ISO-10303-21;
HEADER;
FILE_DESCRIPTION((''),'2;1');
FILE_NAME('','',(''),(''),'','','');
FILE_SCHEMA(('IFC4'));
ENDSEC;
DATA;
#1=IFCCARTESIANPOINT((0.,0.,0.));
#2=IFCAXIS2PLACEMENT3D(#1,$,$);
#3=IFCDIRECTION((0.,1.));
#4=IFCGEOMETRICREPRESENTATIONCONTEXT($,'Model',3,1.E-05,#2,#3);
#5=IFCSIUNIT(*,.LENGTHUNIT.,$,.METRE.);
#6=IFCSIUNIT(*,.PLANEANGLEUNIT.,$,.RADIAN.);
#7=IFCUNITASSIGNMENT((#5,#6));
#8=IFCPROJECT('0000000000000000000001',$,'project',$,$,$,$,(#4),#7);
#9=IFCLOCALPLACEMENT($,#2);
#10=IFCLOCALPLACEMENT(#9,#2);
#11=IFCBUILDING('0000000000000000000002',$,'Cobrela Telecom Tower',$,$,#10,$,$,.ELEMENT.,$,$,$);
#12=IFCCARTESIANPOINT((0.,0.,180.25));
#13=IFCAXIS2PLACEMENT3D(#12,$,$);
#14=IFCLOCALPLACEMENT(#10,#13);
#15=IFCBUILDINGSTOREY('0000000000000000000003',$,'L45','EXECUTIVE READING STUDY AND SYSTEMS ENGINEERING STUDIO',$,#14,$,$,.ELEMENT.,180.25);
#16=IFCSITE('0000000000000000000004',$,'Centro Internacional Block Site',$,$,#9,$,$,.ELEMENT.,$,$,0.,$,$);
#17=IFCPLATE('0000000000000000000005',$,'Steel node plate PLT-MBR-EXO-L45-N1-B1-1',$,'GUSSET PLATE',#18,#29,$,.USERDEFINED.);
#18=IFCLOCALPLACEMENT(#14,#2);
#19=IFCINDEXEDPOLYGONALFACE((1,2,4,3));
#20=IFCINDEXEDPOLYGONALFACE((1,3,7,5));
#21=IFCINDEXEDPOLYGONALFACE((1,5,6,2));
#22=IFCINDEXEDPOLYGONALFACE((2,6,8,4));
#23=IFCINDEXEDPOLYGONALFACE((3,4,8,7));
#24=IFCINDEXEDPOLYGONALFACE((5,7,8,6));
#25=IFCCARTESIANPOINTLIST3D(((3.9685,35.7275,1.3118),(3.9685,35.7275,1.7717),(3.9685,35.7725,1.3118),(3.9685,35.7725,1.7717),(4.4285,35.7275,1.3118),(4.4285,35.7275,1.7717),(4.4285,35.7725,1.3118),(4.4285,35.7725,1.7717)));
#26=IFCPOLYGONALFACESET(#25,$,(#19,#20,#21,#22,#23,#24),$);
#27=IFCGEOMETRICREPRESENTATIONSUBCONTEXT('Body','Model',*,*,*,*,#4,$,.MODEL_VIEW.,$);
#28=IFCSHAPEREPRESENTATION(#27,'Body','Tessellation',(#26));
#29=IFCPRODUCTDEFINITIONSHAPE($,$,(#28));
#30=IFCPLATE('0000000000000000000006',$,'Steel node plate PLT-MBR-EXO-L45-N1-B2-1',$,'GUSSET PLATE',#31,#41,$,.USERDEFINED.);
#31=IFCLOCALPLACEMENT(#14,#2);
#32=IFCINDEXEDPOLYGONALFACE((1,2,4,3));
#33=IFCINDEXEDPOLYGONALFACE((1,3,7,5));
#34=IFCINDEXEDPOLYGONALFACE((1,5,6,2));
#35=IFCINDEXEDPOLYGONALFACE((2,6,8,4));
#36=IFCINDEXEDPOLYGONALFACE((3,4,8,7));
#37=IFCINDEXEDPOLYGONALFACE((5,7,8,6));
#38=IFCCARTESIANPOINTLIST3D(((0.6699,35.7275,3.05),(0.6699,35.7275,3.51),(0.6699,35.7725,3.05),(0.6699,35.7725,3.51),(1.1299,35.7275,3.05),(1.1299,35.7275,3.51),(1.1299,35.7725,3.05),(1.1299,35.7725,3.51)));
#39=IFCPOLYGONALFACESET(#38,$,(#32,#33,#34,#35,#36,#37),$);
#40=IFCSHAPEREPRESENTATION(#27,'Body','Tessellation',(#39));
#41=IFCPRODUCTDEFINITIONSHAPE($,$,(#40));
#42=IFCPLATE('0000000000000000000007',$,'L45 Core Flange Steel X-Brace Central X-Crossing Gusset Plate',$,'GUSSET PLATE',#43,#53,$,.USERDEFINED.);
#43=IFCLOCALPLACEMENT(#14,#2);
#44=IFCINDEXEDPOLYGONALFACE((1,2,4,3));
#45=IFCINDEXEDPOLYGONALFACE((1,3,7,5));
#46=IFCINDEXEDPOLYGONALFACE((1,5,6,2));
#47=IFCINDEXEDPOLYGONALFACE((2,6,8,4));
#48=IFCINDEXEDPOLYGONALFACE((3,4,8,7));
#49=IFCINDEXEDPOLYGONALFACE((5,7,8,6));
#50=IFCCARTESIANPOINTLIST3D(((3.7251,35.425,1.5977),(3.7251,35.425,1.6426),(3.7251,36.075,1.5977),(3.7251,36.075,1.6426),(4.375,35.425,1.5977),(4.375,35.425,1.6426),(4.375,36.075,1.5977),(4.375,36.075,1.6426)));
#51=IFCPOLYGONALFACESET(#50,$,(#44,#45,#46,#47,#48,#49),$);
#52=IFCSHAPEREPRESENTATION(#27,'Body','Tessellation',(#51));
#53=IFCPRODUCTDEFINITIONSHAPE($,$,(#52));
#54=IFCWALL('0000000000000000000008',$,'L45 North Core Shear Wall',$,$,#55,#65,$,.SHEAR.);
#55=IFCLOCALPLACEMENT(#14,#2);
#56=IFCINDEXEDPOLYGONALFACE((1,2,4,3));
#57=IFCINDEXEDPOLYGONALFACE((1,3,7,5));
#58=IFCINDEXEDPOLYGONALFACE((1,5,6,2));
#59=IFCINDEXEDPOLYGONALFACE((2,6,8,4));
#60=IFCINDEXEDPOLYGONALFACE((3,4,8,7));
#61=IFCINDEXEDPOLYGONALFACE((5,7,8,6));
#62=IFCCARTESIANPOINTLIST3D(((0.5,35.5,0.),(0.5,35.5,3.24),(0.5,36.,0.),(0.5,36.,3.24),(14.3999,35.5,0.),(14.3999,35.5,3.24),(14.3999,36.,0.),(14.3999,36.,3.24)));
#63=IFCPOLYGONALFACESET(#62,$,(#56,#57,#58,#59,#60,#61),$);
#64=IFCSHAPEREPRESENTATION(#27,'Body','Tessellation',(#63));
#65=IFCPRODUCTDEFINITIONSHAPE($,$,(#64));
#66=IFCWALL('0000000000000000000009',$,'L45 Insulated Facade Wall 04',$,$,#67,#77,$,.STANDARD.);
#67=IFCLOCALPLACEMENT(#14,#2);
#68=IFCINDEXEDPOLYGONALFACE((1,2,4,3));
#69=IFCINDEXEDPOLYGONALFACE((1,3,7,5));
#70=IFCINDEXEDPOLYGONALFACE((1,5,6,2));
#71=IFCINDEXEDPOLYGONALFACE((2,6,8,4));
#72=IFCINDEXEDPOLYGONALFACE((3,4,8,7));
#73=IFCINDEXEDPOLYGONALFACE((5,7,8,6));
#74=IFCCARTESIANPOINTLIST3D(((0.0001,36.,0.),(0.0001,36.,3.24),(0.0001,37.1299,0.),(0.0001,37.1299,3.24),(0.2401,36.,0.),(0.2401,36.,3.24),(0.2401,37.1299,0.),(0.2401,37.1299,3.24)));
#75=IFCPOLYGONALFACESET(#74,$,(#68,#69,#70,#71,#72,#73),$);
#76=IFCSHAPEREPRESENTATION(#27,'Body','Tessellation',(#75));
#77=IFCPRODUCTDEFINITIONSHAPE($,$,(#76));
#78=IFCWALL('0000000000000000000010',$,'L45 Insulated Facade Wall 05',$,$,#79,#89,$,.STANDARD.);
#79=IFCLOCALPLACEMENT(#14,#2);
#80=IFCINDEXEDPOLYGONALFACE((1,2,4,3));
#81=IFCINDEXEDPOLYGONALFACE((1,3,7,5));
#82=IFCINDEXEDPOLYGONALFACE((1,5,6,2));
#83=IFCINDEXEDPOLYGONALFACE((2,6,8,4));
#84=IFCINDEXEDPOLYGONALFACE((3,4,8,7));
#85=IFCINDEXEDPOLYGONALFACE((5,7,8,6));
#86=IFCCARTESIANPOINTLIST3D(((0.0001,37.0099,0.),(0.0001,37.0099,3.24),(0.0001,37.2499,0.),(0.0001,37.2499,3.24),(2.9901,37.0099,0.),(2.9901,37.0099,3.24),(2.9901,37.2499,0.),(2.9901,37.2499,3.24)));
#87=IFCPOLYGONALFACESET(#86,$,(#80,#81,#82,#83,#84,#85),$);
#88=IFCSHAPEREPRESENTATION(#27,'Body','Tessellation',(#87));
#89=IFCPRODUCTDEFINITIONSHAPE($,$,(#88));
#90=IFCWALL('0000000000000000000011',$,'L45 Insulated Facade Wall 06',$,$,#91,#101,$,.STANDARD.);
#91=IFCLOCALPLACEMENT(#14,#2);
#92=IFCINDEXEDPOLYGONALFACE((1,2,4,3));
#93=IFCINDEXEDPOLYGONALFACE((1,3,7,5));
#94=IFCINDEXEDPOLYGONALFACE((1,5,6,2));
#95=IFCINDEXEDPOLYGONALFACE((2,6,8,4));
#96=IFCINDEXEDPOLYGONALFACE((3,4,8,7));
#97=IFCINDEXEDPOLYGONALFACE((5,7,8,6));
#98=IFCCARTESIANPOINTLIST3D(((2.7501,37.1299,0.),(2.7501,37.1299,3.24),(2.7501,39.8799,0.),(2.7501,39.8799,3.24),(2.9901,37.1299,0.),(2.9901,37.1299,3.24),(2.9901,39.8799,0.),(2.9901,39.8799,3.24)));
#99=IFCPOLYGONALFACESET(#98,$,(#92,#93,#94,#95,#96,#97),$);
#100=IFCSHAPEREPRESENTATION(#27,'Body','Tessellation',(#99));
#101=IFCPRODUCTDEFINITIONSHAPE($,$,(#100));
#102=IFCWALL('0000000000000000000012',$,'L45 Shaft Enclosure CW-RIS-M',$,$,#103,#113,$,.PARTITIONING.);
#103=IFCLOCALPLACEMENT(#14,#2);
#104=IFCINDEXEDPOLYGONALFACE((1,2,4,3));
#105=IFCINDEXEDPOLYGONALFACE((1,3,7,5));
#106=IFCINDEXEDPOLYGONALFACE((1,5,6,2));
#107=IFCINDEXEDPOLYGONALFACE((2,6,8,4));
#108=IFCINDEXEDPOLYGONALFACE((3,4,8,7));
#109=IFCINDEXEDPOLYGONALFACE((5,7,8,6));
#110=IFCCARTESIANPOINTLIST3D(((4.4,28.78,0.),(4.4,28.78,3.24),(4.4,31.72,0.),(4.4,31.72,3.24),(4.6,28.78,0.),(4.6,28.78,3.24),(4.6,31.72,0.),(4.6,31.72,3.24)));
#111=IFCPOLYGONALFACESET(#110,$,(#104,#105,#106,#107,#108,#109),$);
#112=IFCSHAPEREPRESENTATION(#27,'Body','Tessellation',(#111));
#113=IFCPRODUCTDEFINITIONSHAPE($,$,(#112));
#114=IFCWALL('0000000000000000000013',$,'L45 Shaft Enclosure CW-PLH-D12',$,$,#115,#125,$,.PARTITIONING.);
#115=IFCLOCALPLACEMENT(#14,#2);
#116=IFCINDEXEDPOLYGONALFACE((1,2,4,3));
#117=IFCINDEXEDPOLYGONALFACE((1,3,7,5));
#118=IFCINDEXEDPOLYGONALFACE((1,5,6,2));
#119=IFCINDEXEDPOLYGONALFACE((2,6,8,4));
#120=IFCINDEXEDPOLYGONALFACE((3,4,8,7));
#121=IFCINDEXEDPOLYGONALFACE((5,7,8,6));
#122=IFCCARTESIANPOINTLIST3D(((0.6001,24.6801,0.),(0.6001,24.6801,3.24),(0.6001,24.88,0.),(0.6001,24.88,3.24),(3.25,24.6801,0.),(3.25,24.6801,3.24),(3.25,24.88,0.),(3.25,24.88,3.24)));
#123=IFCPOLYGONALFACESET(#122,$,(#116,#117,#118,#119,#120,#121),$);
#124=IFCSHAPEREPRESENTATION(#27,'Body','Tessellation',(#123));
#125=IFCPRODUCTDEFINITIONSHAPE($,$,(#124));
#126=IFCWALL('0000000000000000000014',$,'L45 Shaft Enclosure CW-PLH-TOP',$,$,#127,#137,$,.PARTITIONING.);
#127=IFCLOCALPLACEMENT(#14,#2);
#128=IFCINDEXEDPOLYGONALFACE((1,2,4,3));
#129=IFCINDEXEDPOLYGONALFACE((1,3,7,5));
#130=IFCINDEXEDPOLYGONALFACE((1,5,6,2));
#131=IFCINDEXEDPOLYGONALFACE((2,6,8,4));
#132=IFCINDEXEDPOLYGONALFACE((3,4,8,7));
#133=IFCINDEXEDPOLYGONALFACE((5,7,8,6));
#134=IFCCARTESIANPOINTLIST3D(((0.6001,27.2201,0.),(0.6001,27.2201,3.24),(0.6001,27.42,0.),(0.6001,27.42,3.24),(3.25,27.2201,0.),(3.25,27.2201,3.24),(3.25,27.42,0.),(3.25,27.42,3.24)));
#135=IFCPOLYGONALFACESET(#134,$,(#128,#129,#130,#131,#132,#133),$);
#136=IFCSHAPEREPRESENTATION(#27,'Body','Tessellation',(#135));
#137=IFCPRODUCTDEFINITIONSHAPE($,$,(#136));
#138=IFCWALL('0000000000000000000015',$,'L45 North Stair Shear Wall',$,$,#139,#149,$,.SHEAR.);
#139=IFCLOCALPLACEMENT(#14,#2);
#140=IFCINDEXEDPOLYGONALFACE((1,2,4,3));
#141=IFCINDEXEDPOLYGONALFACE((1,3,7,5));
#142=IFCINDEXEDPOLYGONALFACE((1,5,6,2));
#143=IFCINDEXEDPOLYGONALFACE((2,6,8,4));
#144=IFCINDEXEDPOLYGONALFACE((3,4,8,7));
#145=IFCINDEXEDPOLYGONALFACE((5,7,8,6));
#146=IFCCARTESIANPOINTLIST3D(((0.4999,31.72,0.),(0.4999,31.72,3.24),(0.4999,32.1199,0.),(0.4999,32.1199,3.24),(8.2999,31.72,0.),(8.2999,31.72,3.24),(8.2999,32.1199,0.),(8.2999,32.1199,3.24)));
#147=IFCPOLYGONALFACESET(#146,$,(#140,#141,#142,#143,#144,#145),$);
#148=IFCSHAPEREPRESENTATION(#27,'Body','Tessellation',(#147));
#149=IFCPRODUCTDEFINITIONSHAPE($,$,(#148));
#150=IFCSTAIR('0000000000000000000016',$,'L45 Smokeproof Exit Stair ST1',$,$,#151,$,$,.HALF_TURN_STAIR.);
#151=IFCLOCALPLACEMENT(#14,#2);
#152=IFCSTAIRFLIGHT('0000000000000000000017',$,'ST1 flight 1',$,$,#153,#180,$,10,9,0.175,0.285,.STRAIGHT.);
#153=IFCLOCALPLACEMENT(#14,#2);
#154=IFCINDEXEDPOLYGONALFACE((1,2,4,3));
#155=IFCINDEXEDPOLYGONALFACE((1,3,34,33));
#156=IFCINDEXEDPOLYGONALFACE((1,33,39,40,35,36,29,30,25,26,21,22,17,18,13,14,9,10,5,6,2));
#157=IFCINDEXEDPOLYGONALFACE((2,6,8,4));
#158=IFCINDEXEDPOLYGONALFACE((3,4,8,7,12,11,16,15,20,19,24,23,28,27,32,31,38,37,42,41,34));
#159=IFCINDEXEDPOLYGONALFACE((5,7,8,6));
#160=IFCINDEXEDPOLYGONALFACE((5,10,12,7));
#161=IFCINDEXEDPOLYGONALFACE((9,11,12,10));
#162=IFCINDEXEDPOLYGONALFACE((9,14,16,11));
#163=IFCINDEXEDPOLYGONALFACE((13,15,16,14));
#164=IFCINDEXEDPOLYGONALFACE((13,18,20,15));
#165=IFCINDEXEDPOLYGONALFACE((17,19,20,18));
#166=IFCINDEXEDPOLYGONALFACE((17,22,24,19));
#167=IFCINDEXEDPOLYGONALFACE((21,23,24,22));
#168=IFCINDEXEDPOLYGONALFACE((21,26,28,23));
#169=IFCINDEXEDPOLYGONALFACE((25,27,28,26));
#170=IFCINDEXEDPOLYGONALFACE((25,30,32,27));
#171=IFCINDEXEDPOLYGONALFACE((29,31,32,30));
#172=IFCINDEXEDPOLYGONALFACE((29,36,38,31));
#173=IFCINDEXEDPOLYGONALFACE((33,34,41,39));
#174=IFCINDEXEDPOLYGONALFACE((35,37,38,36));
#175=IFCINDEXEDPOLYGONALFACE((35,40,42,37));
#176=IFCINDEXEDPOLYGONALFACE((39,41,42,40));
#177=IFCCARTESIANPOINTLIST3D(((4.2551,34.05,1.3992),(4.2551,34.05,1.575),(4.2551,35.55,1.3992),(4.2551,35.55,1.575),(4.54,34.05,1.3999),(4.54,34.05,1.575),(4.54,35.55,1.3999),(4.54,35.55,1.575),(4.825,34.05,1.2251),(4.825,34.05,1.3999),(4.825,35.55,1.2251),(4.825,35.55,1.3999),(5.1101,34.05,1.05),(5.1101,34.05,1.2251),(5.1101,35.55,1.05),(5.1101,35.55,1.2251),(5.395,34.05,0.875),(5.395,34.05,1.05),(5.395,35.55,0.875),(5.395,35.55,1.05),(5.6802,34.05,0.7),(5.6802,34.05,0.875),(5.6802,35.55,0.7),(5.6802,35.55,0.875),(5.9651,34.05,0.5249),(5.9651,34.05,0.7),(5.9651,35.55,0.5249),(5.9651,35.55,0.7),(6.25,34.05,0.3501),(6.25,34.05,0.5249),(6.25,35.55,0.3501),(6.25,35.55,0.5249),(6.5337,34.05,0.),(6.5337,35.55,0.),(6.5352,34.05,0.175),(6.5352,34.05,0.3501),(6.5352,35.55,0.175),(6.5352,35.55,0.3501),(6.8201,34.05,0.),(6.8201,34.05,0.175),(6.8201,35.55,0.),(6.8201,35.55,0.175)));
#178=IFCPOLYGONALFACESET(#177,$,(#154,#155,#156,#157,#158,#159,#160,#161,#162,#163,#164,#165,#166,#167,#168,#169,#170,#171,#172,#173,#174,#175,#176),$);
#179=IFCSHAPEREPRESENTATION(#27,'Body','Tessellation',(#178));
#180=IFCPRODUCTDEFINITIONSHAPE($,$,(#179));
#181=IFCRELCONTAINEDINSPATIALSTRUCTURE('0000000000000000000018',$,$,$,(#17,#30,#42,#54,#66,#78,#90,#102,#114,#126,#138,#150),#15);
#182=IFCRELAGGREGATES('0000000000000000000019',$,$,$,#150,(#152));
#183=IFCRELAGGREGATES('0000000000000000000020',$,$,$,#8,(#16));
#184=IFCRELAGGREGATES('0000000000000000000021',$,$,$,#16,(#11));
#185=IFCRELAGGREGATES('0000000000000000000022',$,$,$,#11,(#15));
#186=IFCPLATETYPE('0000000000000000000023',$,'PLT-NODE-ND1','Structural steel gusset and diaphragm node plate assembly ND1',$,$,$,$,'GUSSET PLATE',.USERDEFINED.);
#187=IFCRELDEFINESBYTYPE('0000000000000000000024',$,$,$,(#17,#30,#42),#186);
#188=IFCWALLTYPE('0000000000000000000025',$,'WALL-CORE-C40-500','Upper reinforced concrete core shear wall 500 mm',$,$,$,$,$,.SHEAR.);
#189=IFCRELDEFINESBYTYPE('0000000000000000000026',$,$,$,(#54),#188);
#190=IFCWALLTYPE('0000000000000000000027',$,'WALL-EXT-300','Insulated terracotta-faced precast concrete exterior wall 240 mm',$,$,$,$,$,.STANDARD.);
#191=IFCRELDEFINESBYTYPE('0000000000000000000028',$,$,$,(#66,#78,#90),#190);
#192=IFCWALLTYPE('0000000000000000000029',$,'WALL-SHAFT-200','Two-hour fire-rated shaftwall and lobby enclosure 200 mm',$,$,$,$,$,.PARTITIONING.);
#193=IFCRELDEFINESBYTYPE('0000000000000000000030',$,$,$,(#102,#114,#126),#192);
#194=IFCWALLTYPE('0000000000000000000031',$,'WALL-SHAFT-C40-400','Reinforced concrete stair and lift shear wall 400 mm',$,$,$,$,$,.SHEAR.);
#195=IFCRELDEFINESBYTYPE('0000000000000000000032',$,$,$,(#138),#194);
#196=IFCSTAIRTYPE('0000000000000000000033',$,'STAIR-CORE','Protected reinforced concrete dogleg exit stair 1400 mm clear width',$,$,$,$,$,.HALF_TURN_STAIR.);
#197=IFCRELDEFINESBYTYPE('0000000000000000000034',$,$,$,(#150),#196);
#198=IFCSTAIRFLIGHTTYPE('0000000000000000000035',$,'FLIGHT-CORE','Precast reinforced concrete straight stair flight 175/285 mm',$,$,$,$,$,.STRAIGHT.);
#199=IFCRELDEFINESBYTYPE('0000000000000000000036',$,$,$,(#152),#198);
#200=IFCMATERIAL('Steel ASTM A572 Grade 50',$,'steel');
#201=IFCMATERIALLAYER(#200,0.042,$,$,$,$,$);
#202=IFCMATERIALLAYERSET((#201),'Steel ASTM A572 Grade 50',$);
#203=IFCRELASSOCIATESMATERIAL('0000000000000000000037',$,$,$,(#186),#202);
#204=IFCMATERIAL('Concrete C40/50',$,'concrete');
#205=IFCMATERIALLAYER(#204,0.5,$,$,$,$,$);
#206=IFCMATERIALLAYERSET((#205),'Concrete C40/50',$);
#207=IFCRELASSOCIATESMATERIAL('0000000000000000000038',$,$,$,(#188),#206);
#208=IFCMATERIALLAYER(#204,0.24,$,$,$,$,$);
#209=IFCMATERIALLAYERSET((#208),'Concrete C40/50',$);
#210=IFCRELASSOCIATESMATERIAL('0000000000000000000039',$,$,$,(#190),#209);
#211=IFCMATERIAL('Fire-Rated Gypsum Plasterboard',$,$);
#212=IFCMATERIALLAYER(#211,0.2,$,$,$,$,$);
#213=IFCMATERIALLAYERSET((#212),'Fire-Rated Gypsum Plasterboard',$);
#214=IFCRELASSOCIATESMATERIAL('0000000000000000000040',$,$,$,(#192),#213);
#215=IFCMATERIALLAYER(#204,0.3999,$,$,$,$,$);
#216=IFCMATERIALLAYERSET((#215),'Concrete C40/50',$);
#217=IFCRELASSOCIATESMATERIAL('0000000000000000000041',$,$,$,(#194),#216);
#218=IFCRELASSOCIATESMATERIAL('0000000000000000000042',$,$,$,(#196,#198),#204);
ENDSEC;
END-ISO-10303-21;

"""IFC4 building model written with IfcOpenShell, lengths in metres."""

from ifc_helpers import new_model, si_unit, direction, frame, frame_2d, origin, origin_2d, place, context, subcontext, project, spatial, polyline, rectangle, outline, extrude, material, layer, layer_set, type_object, element, aggregate, save


model = new_model("IFC4")

# Units and contexts
model_context = context("Model", 3, precision=1e-05, world=origin(), true_north=direction((0.0, 1.0)))
body_context = subcontext(model_context, "Body", "Model", "MODEL_VIEW")
ifc_project = project(units=[si_unit("LENGTHUNIT", "METRE"), si_unit("PLANEANGLEUNIT", "RADIAN")], contexts=[model_context])

# Site, building, storey
site_placement = place(None, origin())
site = spatial("IfcSite", under=ifc_project, at=site_placement, Name="Centro Internacional Block Site", CompositionType="ELEMENT", RefElevation=0.0)
building_placement = place(site_placement, origin())
building = spatial("IfcBuilding", under=site, at=building_placement, Name="Cobrela Telecom Tower", CompositionType="ELEMENT")
storey_placement = place(building_placement, frame((0.0, 0.0, 180.25)))
storey = spatial("IfcBuildingStorey", under=building, at=storey_placement, Name="L45", Description="EXECUTIVE READING STUDY AND SYSTEMS ENGINEERING STUDIO", CompositionType="ELEMENT", Elevation=180.25)

# Shared definitions
ifc_material_1 = material(Name="Steel ASTM A572 Grade 50", Category="steel")

# Plates
ifc_layer_1 = layer(ifc_material_1, 0.042)
ifc_layer_set_1 = layer_set([ifc_layer_1], Name="Steel ASTM A572 Grade 50")
plate_type_1 = type_object("IfcPlateType", Name="PLT-NODE-ND1", Description="Structural steel gusset and diaphragm node plate assembly ND1", ElementType="GUSSET PLATE", PredefinedType="USERDEFINED", material=ifc_layer_set_1)
for number, where, z_axis, x_axis, name in (
    (1, (4.1985, 35.75, 1.3118), (0.0, 0.0, 1.0), (-1.0, 0.0, 0.0), "Steel node plate PLT-MBR-EXO-L45-N1-B1-1"),
    (2, (0.8999, 35.75, 3.05), (0.0, 0.0, 1.0), (-1.0, 0.0, 0.0), "Steel node plate PLT-MBR-EXO-L45-N1-B2-1"),
):
    element("IfcPlate", number, at=place(storey_placement, frame(where, z_axis=z_axis, x_axis=x_axis)), inside=storey, type_object=plate_type_1, Name=name, ObjectType="GUSSET PLATE", PredefinedType="USERDEFINED", context=body_context, shape_type="SweptSolid", body=[
        extrude(rectangle(XDim=0.46, YDim=0.0449, at=origin_2d()), origin(), (0.0, 0.0, 1.0), 0.46),
    ])
plate_1_placement = place(storey_placement, frame((4.05, 35.75, 1.5977), z_axis=(0.0, 0.0, 1.0), x_axis=(1.0, 0.0, 0.0)))
element("IfcPlate", 3, at=plate_1_placement, inside=storey, type_object=plate_type_1, Name="L45 Core Flange Steel X-Brace Central X-Crossing Gusset Plate", ObjectType="GUSSET PLATE", PredefinedType="USERDEFINED", context=body_context, shape_type="SweptSolid", body=[
    extrude(rectangle(XDim=0.6499, YDim=0.6499, at=origin_2d()), origin(), (0.0, 0.0, 1.0), 0.0449),
])

# Walls
ifc_material_2 = material(Name="Concrete C40/50", Category="concrete")
ifc_layer_2 = layer(ifc_material_2, 0.5)
ifc_layer_set_2 = layer_set([ifc_layer_2], Name="Concrete C40/50")
wall_type_1 = type_object("IfcWallType", Name="WALL-CORE-C40-500", Description="Upper reinforced concrete core shear wall 500 mm", PredefinedType="SHEAR", material=ifc_layer_set_2)
wall_1_placement = place(storey_placement, frame((0.5, 35.75, 0.0), z_axis=(0.0, 0.0, 1.0), x_axis=(1.0, 0.0, 0.0)))
element("IfcWall", 4, at=wall_1_placement, inside=storey, type_object=wall_type_1, Name="L45 North Core Shear Wall", PredefinedType="SHEAR", context=body_context, shape_type="SweptSolid", body=[
    extrude(rectangle(XDim=13.8999, YDim=0.5, at=frame_2d((6.95, 0.0))), origin(), (0.0, 0.0, 1.0), 3.24),
])
ifc_layer_3 = layer(ifc_material_2, 0.24)
ifc_layer_set_3 = layer_set([ifc_layer_3], Name="Concrete C40/50")
wall_type_2 = type_object("IfcWallType", Name="WALL-EXT-300", Description="Insulated terracotta-faced precast concrete exterior wall 240 mm", PredefinedType="STANDARD", material=ifc_layer_set_3)
wall_2_placement = place(storey_placement, frame((0.1201, 36.0, 0.0), z_axis=(0.0, 0.0, 1.0), x_axis=(0.0, 1.0, 0.0)))
element("IfcWall", 5, at=wall_2_placement, inside=storey, type_object=wall_type_2, Name="L45 Insulated Facade Wall 04", PredefinedType="STANDARD", context=body_context, shape_type="SweptSolid", body=[
    extrude(rectangle(XDim=1.1299, YDim=0.24, at=frame_2d((0.5649, 0.0))), origin(), (0.0, 0.0, 1.0), 3.24),
])
wall_3_placement = place(storey_placement, frame((0.0, 37.1299, 0.0), z_axis=(0.0, 0.0, 1.0), x_axis=(1.0, 0.0, 0.0)))
element("IfcWall", 6, at=wall_3_placement, inside=storey, type_object=wall_type_2, Name="L45 Insulated Facade Wall 05", PredefinedType="STANDARD", context=body_context, shape_type="SweptSolid", body=[
    extrude(rectangle(XDim=2.99, YDim=0.24, at=frame_2d((1.4951, 0.0))), origin(), (0.0, 0.0, 1.0), 3.24),
])
wall_4_placement = place(storey_placement, frame((2.8701, 37.1299, 0.0), z_axis=(0.0, 0.0, 1.0), x_axis=(0.0, 1.0, 0.0)))
element("IfcWall", 7, at=wall_4_placement, inside=storey, type_object=wall_type_2, Name="L45 Insulated Facade Wall 06", PredefinedType="STANDARD", context=body_context, shape_type="SweptSolid", body=[
    extrude(rectangle(XDim=2.75, YDim=0.24, at=frame_2d((1.375, 0.0))), origin(), (0.0, 0.0, 1.0), 3.24),
])

# Shared definitions
ifc_material_3 = material(Name="Fire-Rated Gypsum Plasterboard")
ifc_layer_4 = layer(ifc_material_3, 0.2)
ifc_layer_set_4 = layer_set([ifc_layer_4], Name="Fire-Rated Gypsum Plasterboard")
wall_type_3 = type_object("IfcWallType", Name="WALL-SHAFT-200", Description="Two-hour fire-rated shaftwall and lobby enclosure 200 mm", PredefinedType="PARTITIONING", material=ifc_layer_set_4)

# Walls
wall_5_placement = place(storey_placement, frame((4.5, 28.78, 0.0), z_axis=(0.0, 0.0, 1.0), x_axis=(0.0, 1.0, 0.0)))
element("IfcWall", 8, at=wall_5_placement, inside=storey, type_object=wall_type_3, Name="L45 Shaft Enclosure CW-RIS-M", PredefinedType="PARTITIONING", context=body_context, shape_type="SweptSolid", body=[
    extrude(rectangle(XDim=2.9399, YDim=0.2, at=frame_2d((1.47, 0.0))), origin(), (0.0, 0.0, 1.0), 3.24),
])
for number, where, z_axis, x_axis, name in (
    (9, (0.6001, 24.78, 0.0), (0.0, 0.0, 1.0), (1.0, 0.0, 0.0), "L45 Shaft Enclosure CW-PLH-D12"),
    (10, (0.6001, 27.3201, 0.0), (0.0, 0.0, 1.0), (1.0, 0.0, 0.0), "L45 Shaft Enclosure CW-PLH-TOP"),
):
    element("IfcWall", number, at=place(storey_placement, frame(where, z_axis=z_axis, x_axis=x_axis)), inside=storey, type_object=wall_type_3, Name=name, PredefinedType="PARTITIONING", context=body_context, shape_type="SweptSolid", body=[
        extrude(rectangle(XDim=2.6499, YDim=0.2, at=frame_2d((1.325, 0.0))), origin(), (0.0, 0.0, 1.0), 3.24),
    ])
ifc_layer_5 = layer(ifc_material_2, 0.3999)
ifc_layer_set_5 = layer_set([ifc_layer_5], Name="Concrete C40/50")
wall_type_4 = type_object("IfcWallType", Name="WALL-SHAFT-C40-400", Description="Reinforced concrete stair and lift shear wall 400 mm", PredefinedType="SHEAR", material=ifc_layer_set_5)
wall_6_placement = place(storey_placement, frame((0.5, 31.9199, 0.0), z_axis=(0.0, 0.0, 1.0), x_axis=(1.0, 0.0, 0.0)))
element("IfcWall", 11, at=wall_6_placement, inside=storey, type_object=wall_type_4, Name="L45 North Stair Shear Wall", PredefinedType="SHEAR", context=body_context, shape_type="SweptSolid", body=[
    extrude(rectangle(XDim=7.8, YDim=0.3999, at=frame_2d((3.8999, 0.0))), origin(), (0.0, 0.0, 1.0), 3.24),
])

# Stair, stair flight
stair_type = type_object("IfcStairType", Name="STAIR-CORE", Description="Protected reinforced concrete dogleg exit stair 1400 mm clear width", PredefinedType="HALF_TURN_STAIR", material=ifc_material_2)
stair_placement = place(storey_placement, origin())
stair = element("IfcStair", 12, at=stair_placement, inside=storey, type_object=stair_type, Name="L45 Smokeproof Exit Stair ST1", PredefinedType="HALF_TURN_STAIR")
stair_flight_type = type_object("IfcStairFlightType", Name="FLIGHT-CORE", Description="Precast reinforced concrete straight stair flight 175/285 mm", PredefinedType="STRAIGHT", material=ifc_material_2)
stair_flight_1_placement = place(storey_placement, frame((6.8201, 34.8, 0.0), z_axis=(0.0, 0.0, 1.0), x_axis=(-1.0, 0.0, 0.0)))
stair_flight_1 = element("IfcStairFlight", 13, at=stair_flight_1_placement, type_object=stair_flight_type, Name="ST1 flight 1", NumberOfRisers=10, NumberOfTreads=9, PredefinedType="STRAIGHT", RiserHeight=0.175, TreadLength=0.285, context=body_context, shape_type="SweptSolid", body=[
    extrude(outline(polyline([(0.0, 0.0), (0.0, 0.175), (0.2849, 0.175), (0.2849, 0.3501), (0.5701, 0.3501), (0.5701, 0.5249), (0.855, 0.5249), (0.855, 0.7), (1.1399, 0.7), (1.1399, 0.875), (1.425, 0.875), (1.425, 1.05), (1.71, 1.05), (1.71, 1.2251), (1.9951, 1.2251), (1.9951, 1.3999), (2.28, 1.3999), (2.28, 1.575), (2.5649, 1.575), (2.5649, 1.75), (2.5649, 1.3992), (0.2864, 0.0), (0.0, 0.0)])), frame((0.0, 0.75, 0.0), z_axis=(0.0, -1.0, 0.0), x_axis=(1.0, 0.0, 0.0)), (0.0, 0.0, 1.0), 1.5),
])
aggregate(stair, [stair_flight_1])

save(model, "model.ifc")
